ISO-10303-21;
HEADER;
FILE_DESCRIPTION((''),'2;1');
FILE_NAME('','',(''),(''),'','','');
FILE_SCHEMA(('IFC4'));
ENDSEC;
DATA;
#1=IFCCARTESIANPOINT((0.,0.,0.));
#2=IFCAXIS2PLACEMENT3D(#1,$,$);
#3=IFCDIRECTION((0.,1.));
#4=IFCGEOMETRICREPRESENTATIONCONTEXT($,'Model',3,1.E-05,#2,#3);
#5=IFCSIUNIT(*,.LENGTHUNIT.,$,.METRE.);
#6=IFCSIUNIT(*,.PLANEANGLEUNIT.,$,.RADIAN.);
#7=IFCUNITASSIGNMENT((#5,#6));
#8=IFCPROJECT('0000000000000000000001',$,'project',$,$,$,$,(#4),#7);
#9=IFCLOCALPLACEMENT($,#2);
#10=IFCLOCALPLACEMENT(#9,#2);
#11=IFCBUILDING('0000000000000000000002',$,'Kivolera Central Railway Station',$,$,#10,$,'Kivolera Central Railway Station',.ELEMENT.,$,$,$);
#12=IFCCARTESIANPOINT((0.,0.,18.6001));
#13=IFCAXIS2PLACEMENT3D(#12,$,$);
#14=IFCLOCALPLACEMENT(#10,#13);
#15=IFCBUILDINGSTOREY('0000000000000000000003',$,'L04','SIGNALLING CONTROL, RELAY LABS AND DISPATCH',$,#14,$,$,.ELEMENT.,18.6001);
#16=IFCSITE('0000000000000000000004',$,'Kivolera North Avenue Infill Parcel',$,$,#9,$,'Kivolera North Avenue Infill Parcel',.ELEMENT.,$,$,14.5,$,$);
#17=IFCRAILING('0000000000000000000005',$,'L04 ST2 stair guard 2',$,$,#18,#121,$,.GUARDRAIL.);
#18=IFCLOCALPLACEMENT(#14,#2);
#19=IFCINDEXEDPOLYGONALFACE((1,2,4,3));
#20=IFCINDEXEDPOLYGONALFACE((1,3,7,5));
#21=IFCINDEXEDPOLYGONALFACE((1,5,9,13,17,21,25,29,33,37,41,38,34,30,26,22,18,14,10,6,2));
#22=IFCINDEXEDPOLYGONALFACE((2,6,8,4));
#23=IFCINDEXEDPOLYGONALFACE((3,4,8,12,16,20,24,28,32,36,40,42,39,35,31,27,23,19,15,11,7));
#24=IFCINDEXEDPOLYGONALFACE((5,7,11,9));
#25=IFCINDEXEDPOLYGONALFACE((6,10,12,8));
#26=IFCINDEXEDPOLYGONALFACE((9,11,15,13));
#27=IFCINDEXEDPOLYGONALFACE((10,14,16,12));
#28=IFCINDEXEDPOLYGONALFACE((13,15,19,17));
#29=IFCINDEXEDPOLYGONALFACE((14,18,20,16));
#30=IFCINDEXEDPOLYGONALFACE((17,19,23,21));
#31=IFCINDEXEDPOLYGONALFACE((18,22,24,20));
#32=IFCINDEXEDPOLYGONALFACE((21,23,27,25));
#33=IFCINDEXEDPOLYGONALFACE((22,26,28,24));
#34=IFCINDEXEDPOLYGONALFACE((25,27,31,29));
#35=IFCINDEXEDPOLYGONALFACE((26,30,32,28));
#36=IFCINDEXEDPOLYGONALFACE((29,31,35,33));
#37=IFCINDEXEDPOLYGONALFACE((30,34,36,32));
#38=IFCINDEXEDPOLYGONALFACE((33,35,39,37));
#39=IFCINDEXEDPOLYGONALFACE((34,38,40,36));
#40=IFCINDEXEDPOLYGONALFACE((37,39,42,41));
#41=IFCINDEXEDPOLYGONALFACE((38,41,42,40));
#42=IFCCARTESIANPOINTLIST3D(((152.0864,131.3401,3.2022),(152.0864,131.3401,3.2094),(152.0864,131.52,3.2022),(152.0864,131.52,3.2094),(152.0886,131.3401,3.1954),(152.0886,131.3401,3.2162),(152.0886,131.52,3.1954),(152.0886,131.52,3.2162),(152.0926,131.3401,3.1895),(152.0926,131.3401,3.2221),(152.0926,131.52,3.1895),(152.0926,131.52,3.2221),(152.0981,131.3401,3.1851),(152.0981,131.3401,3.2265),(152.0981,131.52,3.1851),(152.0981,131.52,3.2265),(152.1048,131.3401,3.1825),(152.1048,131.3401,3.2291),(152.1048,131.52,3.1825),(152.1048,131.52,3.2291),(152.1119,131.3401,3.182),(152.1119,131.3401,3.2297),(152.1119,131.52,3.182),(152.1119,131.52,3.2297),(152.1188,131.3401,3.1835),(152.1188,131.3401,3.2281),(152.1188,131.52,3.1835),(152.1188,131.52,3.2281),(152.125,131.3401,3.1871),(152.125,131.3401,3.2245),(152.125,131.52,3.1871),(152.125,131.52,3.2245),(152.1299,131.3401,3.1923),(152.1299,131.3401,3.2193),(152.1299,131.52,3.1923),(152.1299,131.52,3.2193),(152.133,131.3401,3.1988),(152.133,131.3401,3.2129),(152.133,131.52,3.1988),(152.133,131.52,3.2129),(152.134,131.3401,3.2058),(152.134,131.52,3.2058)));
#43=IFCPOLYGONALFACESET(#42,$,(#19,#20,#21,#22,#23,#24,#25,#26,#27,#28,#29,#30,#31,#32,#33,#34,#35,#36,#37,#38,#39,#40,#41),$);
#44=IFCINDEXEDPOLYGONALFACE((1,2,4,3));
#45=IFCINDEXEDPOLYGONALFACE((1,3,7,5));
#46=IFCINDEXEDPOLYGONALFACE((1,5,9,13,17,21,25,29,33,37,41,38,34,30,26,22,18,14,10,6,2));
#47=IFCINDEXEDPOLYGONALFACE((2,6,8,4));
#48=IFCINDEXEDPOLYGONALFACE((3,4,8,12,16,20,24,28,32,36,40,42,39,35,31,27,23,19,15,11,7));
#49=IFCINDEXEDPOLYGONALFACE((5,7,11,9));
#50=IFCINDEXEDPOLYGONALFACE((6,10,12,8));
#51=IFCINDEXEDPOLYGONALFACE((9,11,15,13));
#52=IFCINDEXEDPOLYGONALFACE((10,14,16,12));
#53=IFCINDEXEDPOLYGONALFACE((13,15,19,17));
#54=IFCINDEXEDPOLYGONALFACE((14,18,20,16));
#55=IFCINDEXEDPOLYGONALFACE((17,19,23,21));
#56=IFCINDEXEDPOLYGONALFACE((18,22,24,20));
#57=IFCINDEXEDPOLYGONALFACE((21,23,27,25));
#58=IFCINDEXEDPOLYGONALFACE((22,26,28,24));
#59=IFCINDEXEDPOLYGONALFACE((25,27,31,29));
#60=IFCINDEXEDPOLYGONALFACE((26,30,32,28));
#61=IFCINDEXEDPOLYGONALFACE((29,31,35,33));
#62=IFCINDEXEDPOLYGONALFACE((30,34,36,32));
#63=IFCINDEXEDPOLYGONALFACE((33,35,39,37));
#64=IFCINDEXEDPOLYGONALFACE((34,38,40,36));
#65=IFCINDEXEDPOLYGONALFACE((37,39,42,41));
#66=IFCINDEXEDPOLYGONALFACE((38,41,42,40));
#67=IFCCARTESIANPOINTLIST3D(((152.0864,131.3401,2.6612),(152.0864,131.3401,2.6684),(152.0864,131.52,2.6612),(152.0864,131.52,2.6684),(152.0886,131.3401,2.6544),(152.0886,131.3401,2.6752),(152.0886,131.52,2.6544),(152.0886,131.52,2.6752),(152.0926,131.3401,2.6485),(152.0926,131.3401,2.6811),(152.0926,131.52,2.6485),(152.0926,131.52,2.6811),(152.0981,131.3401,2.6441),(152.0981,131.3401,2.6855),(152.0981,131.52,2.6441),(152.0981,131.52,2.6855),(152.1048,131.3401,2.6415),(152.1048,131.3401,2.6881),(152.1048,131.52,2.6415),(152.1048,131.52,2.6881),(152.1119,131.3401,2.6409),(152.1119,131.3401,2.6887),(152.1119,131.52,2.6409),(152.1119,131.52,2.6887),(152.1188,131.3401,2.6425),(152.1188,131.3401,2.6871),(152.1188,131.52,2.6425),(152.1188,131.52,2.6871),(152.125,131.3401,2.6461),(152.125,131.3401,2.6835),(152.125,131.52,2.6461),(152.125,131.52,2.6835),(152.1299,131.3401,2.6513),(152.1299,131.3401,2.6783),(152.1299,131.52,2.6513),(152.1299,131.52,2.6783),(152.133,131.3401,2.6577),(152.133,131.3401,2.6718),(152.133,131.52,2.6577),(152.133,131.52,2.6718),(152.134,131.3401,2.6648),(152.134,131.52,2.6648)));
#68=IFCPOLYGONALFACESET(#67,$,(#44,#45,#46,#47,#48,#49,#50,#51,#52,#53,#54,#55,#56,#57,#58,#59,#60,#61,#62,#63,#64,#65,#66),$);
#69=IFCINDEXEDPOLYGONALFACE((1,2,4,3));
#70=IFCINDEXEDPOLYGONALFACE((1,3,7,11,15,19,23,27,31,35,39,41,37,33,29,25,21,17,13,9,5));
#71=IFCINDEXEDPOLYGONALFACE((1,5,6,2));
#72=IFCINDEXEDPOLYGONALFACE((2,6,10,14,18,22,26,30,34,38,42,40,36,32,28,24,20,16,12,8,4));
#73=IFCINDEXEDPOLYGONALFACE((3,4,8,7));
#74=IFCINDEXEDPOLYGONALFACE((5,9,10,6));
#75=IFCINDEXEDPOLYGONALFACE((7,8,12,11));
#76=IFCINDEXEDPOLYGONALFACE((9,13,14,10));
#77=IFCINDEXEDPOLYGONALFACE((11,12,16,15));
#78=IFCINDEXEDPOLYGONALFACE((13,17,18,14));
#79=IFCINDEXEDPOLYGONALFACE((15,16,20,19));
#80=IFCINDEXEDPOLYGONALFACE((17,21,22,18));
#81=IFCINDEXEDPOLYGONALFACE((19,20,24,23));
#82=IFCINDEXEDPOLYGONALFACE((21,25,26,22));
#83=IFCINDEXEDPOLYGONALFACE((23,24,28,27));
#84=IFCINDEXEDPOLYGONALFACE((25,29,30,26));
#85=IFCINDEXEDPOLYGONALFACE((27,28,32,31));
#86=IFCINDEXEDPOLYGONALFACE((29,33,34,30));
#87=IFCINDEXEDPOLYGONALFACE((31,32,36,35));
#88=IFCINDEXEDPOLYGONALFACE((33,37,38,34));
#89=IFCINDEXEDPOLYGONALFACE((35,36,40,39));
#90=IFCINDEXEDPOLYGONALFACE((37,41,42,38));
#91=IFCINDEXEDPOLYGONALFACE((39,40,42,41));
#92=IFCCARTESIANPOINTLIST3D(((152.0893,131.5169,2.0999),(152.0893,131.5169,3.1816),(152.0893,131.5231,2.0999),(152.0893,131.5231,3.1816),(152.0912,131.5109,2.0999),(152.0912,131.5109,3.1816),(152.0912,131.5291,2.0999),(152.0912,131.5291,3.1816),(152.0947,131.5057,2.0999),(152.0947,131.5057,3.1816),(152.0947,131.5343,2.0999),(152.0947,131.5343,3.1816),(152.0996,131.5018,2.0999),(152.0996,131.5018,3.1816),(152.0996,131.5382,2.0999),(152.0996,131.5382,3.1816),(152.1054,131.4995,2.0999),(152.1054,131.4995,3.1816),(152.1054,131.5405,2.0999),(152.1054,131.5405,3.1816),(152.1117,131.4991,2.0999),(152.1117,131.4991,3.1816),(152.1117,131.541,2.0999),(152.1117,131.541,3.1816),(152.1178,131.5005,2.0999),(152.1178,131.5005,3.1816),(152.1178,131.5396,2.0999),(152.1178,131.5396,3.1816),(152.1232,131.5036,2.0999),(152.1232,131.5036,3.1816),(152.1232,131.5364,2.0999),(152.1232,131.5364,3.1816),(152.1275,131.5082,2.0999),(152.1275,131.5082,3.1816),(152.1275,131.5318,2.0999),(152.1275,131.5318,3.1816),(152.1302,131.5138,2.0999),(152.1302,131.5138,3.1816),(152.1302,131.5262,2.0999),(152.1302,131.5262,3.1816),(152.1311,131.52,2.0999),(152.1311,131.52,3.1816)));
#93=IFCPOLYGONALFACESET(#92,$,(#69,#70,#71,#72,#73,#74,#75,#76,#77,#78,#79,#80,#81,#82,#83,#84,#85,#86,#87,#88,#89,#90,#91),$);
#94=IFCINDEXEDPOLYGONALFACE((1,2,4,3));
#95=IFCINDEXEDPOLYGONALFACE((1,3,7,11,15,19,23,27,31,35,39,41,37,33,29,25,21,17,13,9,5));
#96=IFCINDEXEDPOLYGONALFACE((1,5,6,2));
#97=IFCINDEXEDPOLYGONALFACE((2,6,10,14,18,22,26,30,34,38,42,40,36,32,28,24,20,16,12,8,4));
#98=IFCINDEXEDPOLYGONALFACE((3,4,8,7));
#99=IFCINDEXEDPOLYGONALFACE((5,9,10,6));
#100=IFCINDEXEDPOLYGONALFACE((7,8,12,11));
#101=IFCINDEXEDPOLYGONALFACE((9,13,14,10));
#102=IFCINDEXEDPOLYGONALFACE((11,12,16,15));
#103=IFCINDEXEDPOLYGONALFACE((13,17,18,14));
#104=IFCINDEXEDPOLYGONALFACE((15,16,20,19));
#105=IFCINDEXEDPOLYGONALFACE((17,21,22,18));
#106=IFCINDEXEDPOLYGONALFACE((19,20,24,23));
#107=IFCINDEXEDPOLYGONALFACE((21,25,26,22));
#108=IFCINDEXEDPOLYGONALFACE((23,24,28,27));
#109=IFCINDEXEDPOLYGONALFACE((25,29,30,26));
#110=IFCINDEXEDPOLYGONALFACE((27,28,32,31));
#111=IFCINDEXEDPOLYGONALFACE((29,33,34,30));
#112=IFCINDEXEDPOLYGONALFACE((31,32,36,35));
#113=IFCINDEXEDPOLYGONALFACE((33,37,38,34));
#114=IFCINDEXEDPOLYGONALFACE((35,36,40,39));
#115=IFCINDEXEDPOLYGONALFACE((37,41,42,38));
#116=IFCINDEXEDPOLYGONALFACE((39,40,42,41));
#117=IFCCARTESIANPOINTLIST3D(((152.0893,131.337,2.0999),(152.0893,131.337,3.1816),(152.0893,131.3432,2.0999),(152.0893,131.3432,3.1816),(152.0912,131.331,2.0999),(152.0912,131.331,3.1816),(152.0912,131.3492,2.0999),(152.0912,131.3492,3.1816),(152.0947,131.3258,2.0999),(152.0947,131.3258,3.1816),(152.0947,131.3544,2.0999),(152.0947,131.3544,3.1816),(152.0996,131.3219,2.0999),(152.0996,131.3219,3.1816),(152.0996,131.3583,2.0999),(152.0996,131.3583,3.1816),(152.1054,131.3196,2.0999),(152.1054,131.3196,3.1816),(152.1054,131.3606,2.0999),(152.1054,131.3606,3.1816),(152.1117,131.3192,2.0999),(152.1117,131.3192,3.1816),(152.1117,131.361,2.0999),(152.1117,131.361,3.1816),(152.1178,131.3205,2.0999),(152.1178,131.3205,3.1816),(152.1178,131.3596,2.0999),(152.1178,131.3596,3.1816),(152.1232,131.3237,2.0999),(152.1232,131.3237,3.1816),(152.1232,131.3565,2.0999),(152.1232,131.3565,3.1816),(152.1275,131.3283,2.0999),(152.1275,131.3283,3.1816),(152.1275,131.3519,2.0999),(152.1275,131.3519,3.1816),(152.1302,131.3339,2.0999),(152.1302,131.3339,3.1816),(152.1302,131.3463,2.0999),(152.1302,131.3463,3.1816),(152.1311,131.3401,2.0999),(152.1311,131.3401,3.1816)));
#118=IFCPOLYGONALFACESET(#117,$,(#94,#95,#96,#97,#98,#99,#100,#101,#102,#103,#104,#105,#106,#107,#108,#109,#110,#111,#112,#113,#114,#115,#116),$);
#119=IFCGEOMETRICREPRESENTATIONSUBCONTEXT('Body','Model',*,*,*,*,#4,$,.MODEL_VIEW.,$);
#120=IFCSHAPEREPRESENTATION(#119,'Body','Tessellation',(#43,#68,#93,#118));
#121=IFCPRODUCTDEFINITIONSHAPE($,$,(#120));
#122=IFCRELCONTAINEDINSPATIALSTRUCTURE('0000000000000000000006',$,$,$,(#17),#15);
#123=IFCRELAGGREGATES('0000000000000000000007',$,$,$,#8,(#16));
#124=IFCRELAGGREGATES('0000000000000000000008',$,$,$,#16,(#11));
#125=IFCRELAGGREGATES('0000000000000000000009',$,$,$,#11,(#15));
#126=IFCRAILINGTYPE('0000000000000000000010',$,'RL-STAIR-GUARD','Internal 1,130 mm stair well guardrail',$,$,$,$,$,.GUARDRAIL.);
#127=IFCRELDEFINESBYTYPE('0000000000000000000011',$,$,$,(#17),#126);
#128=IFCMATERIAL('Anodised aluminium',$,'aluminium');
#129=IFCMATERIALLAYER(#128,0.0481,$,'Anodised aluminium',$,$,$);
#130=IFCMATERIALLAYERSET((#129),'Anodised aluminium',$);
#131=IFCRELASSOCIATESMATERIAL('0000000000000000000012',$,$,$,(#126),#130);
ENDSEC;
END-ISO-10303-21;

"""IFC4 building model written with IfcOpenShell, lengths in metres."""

from ifc_helpers import new_model, si_unit, direction, frame, origin, origin_2d, place, context, subcontext, project, spatial, circle, extrude, material, layer, layer_set, type_object, element, save


model = new_model("IFC4")

# Units and contexts
model_context = context("Model", 3, precision=1e-05, world=origin(), true_north=direction((0.0, 1.0)))
body_context = subcontext(model_context, "Body", "Model", "MODEL_VIEW")
ifc_project = project(units=[si_unit("LENGTHUNIT", "METRE"), si_unit("PLANEANGLEUNIT", "RADIAN")], contexts=[model_context])

# Site, building, storey
site_placement = place(None, origin())
site = spatial("IfcSite", under=ifc_project, at=site_placement, Name="Kivolera North Avenue Infill Parcel", LongName="Kivolera North Avenue Infill Parcel", CompositionType="ELEMENT", RefElevation=14.5)
building_placement = place(site_placement, origin())
building = spatial("IfcBuilding", under=site, at=building_placement, Name="Kivolera Central Railway Station", LongName="Kivolera Central Railway Station", CompositionType="ELEMENT")
storey_placement = place(building_placement, frame((0.0, 0.0, 18.6001)))
storey = spatial("IfcBuildingStorey", under=building, at=storey_placement, Name="L04", Description="SIGNALLING CONTROL, RELAY LABS AND DISPATCH", CompositionType="ELEMENT", Elevation=18.6001)

# Shared definitions
ifc_material_1 = material(Name="Anodised aluminium", Category="aluminium")

# Railing
ifc_layer_1 = layer(ifc_material_1, 0.0481, Name="Anodised aluminium")
ifc_layer_set_1 = layer_set([ifc_layer_1], Name="Anodised aluminium")
railing_type_1 = type_object("IfcRailingType", Name="RL-STAIR-GUARD", Description="Internal 1,130 mm stair well guardrail", PredefinedType="GUARDRAIL", material=ifc_layer_set_1)
railing_1_placement = place(storey_placement, frame((152.1101, 131.52, 2.0999)))
element("IfcRailing", 1, at=railing_1_placement, inside=storey, type_object=railing_type_1, Name="L04 ST2 stair guard 2", PredefinedType="GUARDRAIL", context=body_context, shape_type="SweptSolid", body=[
    extrude(circle(Radius=0.0239, at=origin_2d()), frame((0.0, 0.0, 1.106), z_axis=(0.0, -1.0, 0.0), x_axis=(1.0, 0.0, 0.0)), (0.0, 0.0, 1.0), 0.1799),
    extrude(circle(Radius=0.0239, at=origin_2d()), frame((0.0, 0.0, 0.5649), z_axis=(0.0, -1.0, 0.0), x_axis=(1.0, 0.0, 0.0)), (0.0, 0.0, 1.0), 0.1799),
    extrude(circle(Radius=0.021, at=origin_2d()), origin(), (0.0, 0.0, 1.0), 1.0818),
    extrude(circle(Radius=0.021, at=origin_2d()), frame((0.0, -0.1799, 0.0)), (0.0, 0.0, 1.0), 1.0818),
])

save(model, "model.ifc")
